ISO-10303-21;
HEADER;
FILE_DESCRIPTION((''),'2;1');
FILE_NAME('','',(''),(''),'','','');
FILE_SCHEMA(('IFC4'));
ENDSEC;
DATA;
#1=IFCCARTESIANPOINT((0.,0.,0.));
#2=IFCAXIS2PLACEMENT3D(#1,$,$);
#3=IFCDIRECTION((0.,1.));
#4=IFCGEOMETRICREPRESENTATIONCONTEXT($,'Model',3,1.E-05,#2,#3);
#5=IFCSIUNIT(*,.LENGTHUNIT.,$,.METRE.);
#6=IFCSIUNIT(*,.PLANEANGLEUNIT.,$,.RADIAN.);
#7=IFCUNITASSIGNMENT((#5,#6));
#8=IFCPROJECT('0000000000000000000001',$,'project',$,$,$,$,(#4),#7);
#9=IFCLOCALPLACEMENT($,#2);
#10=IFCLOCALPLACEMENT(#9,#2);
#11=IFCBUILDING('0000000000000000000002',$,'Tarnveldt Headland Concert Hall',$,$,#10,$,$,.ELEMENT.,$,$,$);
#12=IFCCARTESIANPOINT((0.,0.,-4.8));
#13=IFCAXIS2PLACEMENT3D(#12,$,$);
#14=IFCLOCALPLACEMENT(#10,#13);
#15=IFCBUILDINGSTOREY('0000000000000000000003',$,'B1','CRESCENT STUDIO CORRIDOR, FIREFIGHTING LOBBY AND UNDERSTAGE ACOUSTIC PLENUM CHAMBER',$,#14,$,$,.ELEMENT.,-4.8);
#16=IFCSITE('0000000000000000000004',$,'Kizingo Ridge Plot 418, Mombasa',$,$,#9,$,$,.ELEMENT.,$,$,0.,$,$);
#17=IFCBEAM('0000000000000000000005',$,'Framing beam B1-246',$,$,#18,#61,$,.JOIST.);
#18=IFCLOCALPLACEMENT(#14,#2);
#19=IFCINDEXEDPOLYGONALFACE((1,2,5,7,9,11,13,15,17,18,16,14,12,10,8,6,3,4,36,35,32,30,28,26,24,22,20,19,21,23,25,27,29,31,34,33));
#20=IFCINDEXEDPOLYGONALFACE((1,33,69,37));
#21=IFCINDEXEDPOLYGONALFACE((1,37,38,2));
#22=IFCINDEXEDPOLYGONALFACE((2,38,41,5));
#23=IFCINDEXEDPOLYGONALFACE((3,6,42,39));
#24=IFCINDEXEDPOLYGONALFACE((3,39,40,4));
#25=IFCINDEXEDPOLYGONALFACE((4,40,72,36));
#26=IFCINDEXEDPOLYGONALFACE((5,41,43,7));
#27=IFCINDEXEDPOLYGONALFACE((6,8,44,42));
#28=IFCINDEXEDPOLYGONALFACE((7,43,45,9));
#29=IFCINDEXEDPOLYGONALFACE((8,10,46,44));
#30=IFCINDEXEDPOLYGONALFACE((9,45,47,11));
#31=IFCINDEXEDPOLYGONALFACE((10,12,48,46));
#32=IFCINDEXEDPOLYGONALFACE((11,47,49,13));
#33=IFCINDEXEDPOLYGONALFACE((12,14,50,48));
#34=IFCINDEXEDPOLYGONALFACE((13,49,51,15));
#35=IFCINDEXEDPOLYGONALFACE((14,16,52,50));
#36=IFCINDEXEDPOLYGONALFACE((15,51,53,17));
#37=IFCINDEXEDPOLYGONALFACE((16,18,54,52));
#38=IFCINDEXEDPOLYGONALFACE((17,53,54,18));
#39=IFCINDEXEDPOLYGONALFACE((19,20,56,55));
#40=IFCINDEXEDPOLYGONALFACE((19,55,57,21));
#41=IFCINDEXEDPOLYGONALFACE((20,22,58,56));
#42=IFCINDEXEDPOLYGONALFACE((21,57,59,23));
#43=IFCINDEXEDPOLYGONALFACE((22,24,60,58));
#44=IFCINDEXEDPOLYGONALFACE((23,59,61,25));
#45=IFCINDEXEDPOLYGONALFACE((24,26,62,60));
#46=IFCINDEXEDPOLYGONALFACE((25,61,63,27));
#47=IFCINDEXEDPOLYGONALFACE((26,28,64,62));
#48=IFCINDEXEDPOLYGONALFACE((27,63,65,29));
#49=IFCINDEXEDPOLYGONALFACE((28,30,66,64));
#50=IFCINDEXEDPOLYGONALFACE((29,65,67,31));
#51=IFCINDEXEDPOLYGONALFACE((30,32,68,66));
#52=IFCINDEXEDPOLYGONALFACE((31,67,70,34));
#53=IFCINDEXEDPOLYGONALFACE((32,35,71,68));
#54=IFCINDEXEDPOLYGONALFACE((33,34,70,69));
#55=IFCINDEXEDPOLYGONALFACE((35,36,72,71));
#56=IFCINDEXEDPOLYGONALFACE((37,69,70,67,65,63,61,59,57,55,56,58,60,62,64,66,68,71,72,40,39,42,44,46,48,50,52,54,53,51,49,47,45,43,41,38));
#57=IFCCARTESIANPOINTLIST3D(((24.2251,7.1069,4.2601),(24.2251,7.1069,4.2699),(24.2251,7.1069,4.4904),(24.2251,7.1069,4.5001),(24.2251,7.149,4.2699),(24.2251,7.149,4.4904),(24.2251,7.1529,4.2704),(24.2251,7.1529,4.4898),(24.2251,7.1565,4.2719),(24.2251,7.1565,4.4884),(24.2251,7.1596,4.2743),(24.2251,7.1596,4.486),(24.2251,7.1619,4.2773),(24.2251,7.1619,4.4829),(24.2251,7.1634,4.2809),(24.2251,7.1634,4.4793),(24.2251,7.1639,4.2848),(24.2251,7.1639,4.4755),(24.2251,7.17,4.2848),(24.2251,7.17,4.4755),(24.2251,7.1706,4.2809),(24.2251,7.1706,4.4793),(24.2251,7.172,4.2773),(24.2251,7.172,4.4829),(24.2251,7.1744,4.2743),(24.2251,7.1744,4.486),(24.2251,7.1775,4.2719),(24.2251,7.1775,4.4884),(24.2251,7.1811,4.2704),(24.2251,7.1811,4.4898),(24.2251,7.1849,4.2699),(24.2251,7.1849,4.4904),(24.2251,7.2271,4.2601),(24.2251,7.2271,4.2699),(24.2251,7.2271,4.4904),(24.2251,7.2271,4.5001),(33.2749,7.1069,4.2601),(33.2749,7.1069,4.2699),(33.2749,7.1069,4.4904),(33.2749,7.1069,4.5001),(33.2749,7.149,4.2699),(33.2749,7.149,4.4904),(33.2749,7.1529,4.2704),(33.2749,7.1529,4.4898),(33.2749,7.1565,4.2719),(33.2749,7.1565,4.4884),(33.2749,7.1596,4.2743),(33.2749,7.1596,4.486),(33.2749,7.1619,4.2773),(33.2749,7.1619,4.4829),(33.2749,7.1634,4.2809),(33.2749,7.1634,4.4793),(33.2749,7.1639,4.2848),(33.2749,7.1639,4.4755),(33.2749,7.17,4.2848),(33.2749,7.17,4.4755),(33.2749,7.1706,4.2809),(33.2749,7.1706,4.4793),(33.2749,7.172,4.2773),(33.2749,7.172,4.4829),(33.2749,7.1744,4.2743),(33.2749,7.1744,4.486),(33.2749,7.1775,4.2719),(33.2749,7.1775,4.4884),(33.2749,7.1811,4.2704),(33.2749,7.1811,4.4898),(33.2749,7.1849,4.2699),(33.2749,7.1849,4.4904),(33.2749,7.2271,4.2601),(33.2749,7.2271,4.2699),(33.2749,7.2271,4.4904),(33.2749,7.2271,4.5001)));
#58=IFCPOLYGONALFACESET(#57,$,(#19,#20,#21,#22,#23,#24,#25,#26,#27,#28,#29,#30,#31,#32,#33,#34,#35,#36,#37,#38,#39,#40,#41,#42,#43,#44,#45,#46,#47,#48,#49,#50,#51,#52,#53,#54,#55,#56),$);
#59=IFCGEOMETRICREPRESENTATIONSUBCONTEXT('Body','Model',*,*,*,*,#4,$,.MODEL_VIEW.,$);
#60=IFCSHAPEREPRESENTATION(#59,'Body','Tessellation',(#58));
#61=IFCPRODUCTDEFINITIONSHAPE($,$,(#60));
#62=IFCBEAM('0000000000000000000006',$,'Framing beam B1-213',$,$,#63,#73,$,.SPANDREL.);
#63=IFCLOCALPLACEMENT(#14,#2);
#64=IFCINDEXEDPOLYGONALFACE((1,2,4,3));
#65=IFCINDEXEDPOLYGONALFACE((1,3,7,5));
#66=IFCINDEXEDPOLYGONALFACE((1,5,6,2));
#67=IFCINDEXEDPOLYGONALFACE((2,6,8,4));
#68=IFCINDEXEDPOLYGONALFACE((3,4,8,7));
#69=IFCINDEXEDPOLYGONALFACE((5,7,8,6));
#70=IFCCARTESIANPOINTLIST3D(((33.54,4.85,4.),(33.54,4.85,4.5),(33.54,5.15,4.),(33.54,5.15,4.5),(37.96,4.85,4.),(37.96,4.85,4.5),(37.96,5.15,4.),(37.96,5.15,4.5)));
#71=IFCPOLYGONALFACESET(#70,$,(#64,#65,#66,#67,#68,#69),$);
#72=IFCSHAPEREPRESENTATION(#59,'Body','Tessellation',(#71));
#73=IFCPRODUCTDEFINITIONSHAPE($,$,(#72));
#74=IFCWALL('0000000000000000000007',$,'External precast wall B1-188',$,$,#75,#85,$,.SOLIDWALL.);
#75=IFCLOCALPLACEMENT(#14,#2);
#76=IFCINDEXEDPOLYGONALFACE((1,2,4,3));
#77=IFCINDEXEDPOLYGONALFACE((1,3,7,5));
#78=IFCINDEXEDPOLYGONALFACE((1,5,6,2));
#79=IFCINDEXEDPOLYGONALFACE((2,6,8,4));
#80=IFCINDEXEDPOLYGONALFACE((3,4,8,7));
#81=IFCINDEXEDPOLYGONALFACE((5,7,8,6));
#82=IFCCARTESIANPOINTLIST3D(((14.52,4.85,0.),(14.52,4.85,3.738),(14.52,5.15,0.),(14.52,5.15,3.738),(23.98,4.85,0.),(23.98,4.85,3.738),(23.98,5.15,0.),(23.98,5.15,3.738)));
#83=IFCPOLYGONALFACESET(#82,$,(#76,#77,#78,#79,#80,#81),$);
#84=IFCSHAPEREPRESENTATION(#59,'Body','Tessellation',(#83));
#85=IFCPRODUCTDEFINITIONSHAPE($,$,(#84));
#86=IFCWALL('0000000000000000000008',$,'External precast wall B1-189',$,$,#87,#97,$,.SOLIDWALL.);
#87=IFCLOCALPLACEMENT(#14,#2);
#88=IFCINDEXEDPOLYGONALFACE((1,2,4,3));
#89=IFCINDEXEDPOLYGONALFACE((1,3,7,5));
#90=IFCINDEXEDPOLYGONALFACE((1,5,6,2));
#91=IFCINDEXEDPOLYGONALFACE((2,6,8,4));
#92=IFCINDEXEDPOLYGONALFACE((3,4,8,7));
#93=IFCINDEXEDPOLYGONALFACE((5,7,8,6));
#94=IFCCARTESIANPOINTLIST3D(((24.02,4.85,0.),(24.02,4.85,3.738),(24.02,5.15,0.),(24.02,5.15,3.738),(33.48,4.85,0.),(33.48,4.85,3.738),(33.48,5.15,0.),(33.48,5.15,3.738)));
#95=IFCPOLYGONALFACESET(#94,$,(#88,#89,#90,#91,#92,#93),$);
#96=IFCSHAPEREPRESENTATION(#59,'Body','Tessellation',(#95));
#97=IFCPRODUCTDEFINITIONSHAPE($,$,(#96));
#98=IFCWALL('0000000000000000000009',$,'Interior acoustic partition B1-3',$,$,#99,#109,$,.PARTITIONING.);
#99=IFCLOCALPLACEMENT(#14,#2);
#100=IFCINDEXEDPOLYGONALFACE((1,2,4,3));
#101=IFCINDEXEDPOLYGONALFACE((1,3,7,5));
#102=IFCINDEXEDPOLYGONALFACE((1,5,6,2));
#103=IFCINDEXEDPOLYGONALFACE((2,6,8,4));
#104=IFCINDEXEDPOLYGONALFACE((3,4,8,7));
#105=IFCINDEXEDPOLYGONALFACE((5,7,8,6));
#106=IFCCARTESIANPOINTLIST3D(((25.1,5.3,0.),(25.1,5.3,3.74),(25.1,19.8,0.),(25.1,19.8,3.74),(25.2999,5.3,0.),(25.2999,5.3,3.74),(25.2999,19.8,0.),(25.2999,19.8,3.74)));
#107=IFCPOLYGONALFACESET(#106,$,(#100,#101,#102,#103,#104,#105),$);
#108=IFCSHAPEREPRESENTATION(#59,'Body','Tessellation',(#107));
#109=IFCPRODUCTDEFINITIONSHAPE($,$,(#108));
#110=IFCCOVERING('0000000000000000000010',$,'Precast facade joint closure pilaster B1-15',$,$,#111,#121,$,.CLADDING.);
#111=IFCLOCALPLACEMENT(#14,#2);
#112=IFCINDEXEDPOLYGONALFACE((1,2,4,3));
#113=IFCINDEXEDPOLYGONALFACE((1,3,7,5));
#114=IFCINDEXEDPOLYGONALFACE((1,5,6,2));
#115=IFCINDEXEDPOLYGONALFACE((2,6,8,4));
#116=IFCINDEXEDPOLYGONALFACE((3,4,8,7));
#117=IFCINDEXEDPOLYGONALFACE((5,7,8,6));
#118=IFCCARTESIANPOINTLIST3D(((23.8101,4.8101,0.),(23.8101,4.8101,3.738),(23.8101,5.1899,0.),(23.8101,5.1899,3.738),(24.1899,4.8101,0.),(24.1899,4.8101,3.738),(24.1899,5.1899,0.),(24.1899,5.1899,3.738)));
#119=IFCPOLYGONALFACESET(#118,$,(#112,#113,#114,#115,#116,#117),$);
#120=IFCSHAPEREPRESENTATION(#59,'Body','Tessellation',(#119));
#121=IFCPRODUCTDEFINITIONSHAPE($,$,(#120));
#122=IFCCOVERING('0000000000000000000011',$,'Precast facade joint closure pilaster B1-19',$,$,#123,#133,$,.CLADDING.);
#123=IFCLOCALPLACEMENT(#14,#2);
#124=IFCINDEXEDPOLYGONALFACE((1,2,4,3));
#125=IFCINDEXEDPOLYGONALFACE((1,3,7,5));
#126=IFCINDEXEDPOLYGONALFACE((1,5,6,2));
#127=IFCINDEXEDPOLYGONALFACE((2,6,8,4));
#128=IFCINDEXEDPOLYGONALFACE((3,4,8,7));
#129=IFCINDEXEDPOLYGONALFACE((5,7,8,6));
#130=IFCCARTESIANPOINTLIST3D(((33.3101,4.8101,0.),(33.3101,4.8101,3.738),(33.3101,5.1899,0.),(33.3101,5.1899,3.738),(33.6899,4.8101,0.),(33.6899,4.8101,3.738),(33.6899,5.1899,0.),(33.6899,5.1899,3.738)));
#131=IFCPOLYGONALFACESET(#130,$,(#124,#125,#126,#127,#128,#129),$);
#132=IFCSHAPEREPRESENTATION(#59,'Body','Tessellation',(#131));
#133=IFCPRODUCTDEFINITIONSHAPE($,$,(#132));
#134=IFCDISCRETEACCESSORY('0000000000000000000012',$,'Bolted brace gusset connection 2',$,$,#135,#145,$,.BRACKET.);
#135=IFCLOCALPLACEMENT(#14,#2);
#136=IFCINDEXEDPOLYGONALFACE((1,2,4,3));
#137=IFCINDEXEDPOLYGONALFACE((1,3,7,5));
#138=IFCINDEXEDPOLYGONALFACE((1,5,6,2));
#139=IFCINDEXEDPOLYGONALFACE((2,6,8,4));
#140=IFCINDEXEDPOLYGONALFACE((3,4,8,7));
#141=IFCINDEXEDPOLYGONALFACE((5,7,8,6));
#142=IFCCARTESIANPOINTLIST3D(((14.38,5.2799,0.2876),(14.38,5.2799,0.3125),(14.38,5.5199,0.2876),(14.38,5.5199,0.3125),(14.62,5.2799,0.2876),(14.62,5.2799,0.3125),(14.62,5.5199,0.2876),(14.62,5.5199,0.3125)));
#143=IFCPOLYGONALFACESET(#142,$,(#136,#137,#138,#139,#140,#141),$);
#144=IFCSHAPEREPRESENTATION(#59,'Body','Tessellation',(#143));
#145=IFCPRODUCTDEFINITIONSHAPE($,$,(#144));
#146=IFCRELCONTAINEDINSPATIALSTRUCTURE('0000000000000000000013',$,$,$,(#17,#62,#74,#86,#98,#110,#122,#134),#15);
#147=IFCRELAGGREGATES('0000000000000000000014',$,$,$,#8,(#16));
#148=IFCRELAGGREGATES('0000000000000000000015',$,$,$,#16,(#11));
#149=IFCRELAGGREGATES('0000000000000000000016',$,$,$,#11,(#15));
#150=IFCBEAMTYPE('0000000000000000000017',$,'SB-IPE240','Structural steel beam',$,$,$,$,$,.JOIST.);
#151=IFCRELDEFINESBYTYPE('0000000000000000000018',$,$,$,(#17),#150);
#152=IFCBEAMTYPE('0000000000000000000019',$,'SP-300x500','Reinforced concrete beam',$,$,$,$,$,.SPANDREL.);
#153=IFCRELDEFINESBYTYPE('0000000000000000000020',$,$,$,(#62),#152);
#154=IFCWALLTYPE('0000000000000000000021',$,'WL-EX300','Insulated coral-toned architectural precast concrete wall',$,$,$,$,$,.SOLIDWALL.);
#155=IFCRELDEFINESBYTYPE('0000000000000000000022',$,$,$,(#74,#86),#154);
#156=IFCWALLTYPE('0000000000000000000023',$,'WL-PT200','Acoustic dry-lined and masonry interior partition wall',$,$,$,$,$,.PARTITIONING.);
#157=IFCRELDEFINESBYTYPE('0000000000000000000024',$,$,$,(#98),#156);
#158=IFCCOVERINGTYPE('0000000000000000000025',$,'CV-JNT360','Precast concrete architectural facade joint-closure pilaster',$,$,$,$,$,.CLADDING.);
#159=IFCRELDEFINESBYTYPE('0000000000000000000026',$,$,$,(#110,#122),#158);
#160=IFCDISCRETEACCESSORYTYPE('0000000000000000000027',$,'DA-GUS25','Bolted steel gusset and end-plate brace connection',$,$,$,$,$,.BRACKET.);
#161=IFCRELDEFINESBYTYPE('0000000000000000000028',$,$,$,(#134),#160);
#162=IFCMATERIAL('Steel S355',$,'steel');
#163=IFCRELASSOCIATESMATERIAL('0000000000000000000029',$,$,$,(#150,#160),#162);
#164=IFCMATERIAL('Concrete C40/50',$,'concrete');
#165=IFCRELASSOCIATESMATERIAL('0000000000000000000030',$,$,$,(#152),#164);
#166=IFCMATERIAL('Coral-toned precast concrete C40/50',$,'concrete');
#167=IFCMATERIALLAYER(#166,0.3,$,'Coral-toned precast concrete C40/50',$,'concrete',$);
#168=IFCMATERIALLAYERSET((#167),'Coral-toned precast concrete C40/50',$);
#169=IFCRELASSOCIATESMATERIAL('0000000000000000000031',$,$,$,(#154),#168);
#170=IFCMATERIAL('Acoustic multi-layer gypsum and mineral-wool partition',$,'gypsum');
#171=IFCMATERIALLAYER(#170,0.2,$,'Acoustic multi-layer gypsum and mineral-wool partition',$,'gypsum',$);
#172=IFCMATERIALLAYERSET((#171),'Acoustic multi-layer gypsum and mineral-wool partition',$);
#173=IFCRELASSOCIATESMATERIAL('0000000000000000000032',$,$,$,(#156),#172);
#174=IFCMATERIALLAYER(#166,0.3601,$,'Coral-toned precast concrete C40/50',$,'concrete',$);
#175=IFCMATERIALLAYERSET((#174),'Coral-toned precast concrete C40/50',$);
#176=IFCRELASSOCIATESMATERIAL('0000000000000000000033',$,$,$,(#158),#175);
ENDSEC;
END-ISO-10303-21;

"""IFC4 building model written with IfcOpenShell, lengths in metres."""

from ifc_helpers import new_model, si_unit, direction, frame, frame_2d, origin, origin_2d, place, context, subcontext, project, spatial, rectangle, i_section, extrude, material, layer, layer_set, material_profile, profile_set, type_object, element, save


model = new_model("IFC4")

# Units and contexts
model_context = context("Model", 3, precision=1e-05, world=origin(), true_north=direction((0.0, 1.0)))
body_context = subcontext(model_context, "Body", "Model", "MODEL_VIEW")
ifc_project = project(units=[si_unit("LENGTHUNIT", "METRE"), si_unit("PLANEANGLEUNIT", "RADIAN")], contexts=[model_context])

# Site, building, storey
site_placement = place(None, origin())
site = spatial("IfcSite", under=ifc_project, at=site_placement, Name="Kizingo Ridge Plot 418, Mombasa", CompositionType="ELEMENT", RefElevation=0.0)
building_placement = place(site_placement, origin())
building = spatial("IfcBuilding", under=site, at=building_placement, Name="Tarnveldt Headland Concert Hall", CompositionType="ELEMENT")
storey_placement = place(building_placement, frame((0.0, 0.0, -4.8)))
storey = spatial("IfcBuildingStorey", under=building, at=storey_placement, Name="B1", Description="CRESCENT STUDIO CORRIDOR, FIREFIGHTING LOBBY AND UNDERSTAGE ACOUSTIC PLENUM CHAMBER", CompositionType="ELEMENT", Elevation=-4.8)

# Shared definitions
ifc_material_1 = material(Name="Concrete C40/50", Category="concrete")

# Shared definitions
ifc_material_2 = material(Name="Steel S355", Category="steel")

# Beams
ifc_material_profile_1 = material_profile(ifc_material_2, i_section(OverallWidth=0.1201, OverallDepth=0.24, WebThickness=0.0061, FlangeThickness=0.0098, FilletRadius=0.0149, at=origin_2d()), Name="IPE240", Category="steel")
ifc_profile_set_1 = profile_set([ifc_material_profile_1], Name="Steel S355")
beam_type_1 = type_object("IfcBeamType", Name="SB-IPE240", Description="Structural steel beam", PredefinedType="JOIST", material=ifc_profile_set_1)
for number, where, z_axis, x_axis, name in (
    (1, (24.2251, 7.167, 4.3801), (1.0, 0.0, 0.0), (0.0, 1.0, 0.0), "Framing beam B1-246"),
):
    element("IfcBeam", number, at=place(storey_placement, frame(where, z_axis=z_axis, x_axis=x_axis)), inside=storey, type_object=beam_type_1, Name=name, PredefinedType="JOIST", context=body_context, shape_type="SweptSolid", body=[
        extrude(i_section(OverallWidth=0.1201, OverallDepth=0.24, WebThickness=0.0061, FlangeThickness=0.0098, FilletRadius=0.0149, at=origin_2d()), origin(), (0.0, 0.0, 1.0), 9.0498),
    ])
ifc_material_profile_2 = material_profile(ifc_material_1, rectangle(XDim=0.3, YDim=0.5, at=origin_2d()), Name="RC SPANDREL 300x500", Category="concrete")
ifc_profile_set_2 = profile_set([ifc_material_profile_2], Name="Concrete C40/50")
beam_type_2 = type_object("IfcBeamType", Name="SP-300x500", Description="Reinforced concrete beam", PredefinedType="SPANDREL", material=ifc_profile_set_2)
beam_placement = place(storey_placement, frame((33.54, 5.0, 4.25), z_axis=(1.0, 0.0, 0.0), x_axis=(0.0, 1.0, 0.0)))
element("IfcBeam", 2, at=beam_placement, inside=storey, type_object=beam_type_2, Name="Framing beam B1-213", PredefinedType="SPANDREL", context=body_context, shape_type="SweptSolid", body=[
    extrude(rectangle(XDim=0.3, YDim=0.5, at=origin_2d()), origin(), (0.0, 0.0, 1.0), 4.4199),
])

# Walls
ifc_material_3 = material(Name="Coral-toned precast concrete C40/50", Category="concrete")
ifc_layer_1 = layer(ifc_material_3, 0.3, Name="Coral-toned precast concrete C40/50", Category="concrete")
ifc_layer_set_1 = layer_set([ifc_layer_1], Name="Coral-toned precast concrete C40/50")
wall_type_1 = type_object("IfcWallType", Name="WL-EX300", Description="Insulated coral-toned architectural precast concrete wall", PredefinedType="SOLIDWALL", material=ifc_layer_set_1)
for number, where, z_axis, x_axis, name in (
    (3, (23.98, 5.0, 0.0), (0.0, 0.0, 1.0), (-1.0, 0.0, 0.0), "External precast wall B1-188"),
    (4, (33.48, 5.0, 0.0), (0.0, 0.0, 1.0), (-1.0, 0.0, 0.0), "External precast wall B1-189"),
):
    element("IfcWall", number, at=place(storey_placement, frame(where, z_axis=z_axis, x_axis=x_axis)), inside=storey, type_object=wall_type_1, Name=name, PredefinedType="SOLIDWALL", context=body_context, shape_type="SweptSolid", body=[
        extrude(rectangle(XDim=9.46, YDim=0.3, at=frame_2d((4.73, 0.0))), origin(), (0.0, 0.0, 1.0), 3.738),
    ])
ifc_material_4 = material(Name="Acoustic multi-layer gypsum and mineral-wool partition", Category="gypsum")
ifc_layer_2 = layer(ifc_material_4, 0.2, Name="Acoustic multi-layer gypsum and mineral-wool partition", Category="gypsum")
ifc_layer_set_2 = layer_set([ifc_layer_2], Name="Acoustic multi-layer gypsum and mineral-wool partition")
wall_type_2 = type_object("IfcWallType", Name="WL-PT200", Description="Acoustic dry-lined and masonry interior partition wall", PredefinedType="PARTITIONING", material=ifc_layer_set_2)
wall_placement = place(storey_placement, frame((25.2, 5.3, 0.0), z_axis=(0.0, 0.0, 1.0), x_axis=(0.0, 1.0, 0.0)))
element("IfcWall", 5, at=wall_placement, inside=storey, type_object=wall_type_2, Name="Interior acoustic partition B1-3", PredefinedType="PARTITIONING", context=body_context, shape_type="SweptSolid", body=[
    extrude(rectangle(XDim=14.5, YDim=0.2, at=frame_2d((7.25, 0.0))), origin(), (0.0, 0.0, 1.0), 3.74),
])

# Coverings
ifc_layer_3 = layer(ifc_material_3, 0.3601, Name="Coral-toned precast concrete C40/50", Category="concrete")
ifc_layer_set_3 = layer_set([ifc_layer_3], Name="Coral-toned precast concrete C40/50")
covering_type = type_object("IfcCoveringType", Name="CV-JNT360", Description="Precast concrete architectural facade joint-closure pilaster", PredefinedType="CLADDING", material=ifc_layer_set_3)
for number, where, z_axis, x_axis, name in (
    (6, (24.0, 5.0, 0.0), (0.0, 0.0, 1.0), (-1.0, 0.0, 0.0), "Precast facade joint closure pilaster B1-15"),
    (7, (33.5, 5.0, 0.0), (0.0, 0.0, 1.0), (-1.0, 0.0, 0.0), "Precast facade joint closure pilaster B1-19"),
):
    element("IfcCovering", number, at=place(storey_placement, frame(where, z_axis=z_axis, x_axis=x_axis)), inside=storey, type_object=covering_type, Name=name, PredefinedType="CLADDING", context=body_context, shape_type="SweptSolid", body=[
        extrude(rectangle(XDim=0.3799, YDim=0.3799, at=origin_2d()), origin(), (0.0, 0.0, 1.0), 3.738),
    ])

# Discrete accessory
discrete_accessory_type = type_object("IfcDiscreteAccessoryType", Name="DA-GUS25", Description="Bolted steel gusset and end-plate brace connection", PredefinedType="BRACKET", material=ifc_material_2)
discrete_accessory_placement = place(storey_placement, frame((14.5, 5.3999, 0.2876), z_axis=(0.0, 0.0, 1.0), x_axis=(1.0, 0.0, 0.0)))
element("IfcDiscreteAccessory", 8, at=discrete_accessory_placement, inside=storey, type_object=discrete_accessory_type, Name="Bolted brace gusset connection 2", PredefinedType="BRACKET", context=body_context, shape_type="SweptSolid", body=[
    extrude(rectangle(XDim=0.24, YDim=0.24, at=origin_2d()), origin(), (0.0, 0.0, 1.0), 0.0249),
])

save(model, "model.ifc")
